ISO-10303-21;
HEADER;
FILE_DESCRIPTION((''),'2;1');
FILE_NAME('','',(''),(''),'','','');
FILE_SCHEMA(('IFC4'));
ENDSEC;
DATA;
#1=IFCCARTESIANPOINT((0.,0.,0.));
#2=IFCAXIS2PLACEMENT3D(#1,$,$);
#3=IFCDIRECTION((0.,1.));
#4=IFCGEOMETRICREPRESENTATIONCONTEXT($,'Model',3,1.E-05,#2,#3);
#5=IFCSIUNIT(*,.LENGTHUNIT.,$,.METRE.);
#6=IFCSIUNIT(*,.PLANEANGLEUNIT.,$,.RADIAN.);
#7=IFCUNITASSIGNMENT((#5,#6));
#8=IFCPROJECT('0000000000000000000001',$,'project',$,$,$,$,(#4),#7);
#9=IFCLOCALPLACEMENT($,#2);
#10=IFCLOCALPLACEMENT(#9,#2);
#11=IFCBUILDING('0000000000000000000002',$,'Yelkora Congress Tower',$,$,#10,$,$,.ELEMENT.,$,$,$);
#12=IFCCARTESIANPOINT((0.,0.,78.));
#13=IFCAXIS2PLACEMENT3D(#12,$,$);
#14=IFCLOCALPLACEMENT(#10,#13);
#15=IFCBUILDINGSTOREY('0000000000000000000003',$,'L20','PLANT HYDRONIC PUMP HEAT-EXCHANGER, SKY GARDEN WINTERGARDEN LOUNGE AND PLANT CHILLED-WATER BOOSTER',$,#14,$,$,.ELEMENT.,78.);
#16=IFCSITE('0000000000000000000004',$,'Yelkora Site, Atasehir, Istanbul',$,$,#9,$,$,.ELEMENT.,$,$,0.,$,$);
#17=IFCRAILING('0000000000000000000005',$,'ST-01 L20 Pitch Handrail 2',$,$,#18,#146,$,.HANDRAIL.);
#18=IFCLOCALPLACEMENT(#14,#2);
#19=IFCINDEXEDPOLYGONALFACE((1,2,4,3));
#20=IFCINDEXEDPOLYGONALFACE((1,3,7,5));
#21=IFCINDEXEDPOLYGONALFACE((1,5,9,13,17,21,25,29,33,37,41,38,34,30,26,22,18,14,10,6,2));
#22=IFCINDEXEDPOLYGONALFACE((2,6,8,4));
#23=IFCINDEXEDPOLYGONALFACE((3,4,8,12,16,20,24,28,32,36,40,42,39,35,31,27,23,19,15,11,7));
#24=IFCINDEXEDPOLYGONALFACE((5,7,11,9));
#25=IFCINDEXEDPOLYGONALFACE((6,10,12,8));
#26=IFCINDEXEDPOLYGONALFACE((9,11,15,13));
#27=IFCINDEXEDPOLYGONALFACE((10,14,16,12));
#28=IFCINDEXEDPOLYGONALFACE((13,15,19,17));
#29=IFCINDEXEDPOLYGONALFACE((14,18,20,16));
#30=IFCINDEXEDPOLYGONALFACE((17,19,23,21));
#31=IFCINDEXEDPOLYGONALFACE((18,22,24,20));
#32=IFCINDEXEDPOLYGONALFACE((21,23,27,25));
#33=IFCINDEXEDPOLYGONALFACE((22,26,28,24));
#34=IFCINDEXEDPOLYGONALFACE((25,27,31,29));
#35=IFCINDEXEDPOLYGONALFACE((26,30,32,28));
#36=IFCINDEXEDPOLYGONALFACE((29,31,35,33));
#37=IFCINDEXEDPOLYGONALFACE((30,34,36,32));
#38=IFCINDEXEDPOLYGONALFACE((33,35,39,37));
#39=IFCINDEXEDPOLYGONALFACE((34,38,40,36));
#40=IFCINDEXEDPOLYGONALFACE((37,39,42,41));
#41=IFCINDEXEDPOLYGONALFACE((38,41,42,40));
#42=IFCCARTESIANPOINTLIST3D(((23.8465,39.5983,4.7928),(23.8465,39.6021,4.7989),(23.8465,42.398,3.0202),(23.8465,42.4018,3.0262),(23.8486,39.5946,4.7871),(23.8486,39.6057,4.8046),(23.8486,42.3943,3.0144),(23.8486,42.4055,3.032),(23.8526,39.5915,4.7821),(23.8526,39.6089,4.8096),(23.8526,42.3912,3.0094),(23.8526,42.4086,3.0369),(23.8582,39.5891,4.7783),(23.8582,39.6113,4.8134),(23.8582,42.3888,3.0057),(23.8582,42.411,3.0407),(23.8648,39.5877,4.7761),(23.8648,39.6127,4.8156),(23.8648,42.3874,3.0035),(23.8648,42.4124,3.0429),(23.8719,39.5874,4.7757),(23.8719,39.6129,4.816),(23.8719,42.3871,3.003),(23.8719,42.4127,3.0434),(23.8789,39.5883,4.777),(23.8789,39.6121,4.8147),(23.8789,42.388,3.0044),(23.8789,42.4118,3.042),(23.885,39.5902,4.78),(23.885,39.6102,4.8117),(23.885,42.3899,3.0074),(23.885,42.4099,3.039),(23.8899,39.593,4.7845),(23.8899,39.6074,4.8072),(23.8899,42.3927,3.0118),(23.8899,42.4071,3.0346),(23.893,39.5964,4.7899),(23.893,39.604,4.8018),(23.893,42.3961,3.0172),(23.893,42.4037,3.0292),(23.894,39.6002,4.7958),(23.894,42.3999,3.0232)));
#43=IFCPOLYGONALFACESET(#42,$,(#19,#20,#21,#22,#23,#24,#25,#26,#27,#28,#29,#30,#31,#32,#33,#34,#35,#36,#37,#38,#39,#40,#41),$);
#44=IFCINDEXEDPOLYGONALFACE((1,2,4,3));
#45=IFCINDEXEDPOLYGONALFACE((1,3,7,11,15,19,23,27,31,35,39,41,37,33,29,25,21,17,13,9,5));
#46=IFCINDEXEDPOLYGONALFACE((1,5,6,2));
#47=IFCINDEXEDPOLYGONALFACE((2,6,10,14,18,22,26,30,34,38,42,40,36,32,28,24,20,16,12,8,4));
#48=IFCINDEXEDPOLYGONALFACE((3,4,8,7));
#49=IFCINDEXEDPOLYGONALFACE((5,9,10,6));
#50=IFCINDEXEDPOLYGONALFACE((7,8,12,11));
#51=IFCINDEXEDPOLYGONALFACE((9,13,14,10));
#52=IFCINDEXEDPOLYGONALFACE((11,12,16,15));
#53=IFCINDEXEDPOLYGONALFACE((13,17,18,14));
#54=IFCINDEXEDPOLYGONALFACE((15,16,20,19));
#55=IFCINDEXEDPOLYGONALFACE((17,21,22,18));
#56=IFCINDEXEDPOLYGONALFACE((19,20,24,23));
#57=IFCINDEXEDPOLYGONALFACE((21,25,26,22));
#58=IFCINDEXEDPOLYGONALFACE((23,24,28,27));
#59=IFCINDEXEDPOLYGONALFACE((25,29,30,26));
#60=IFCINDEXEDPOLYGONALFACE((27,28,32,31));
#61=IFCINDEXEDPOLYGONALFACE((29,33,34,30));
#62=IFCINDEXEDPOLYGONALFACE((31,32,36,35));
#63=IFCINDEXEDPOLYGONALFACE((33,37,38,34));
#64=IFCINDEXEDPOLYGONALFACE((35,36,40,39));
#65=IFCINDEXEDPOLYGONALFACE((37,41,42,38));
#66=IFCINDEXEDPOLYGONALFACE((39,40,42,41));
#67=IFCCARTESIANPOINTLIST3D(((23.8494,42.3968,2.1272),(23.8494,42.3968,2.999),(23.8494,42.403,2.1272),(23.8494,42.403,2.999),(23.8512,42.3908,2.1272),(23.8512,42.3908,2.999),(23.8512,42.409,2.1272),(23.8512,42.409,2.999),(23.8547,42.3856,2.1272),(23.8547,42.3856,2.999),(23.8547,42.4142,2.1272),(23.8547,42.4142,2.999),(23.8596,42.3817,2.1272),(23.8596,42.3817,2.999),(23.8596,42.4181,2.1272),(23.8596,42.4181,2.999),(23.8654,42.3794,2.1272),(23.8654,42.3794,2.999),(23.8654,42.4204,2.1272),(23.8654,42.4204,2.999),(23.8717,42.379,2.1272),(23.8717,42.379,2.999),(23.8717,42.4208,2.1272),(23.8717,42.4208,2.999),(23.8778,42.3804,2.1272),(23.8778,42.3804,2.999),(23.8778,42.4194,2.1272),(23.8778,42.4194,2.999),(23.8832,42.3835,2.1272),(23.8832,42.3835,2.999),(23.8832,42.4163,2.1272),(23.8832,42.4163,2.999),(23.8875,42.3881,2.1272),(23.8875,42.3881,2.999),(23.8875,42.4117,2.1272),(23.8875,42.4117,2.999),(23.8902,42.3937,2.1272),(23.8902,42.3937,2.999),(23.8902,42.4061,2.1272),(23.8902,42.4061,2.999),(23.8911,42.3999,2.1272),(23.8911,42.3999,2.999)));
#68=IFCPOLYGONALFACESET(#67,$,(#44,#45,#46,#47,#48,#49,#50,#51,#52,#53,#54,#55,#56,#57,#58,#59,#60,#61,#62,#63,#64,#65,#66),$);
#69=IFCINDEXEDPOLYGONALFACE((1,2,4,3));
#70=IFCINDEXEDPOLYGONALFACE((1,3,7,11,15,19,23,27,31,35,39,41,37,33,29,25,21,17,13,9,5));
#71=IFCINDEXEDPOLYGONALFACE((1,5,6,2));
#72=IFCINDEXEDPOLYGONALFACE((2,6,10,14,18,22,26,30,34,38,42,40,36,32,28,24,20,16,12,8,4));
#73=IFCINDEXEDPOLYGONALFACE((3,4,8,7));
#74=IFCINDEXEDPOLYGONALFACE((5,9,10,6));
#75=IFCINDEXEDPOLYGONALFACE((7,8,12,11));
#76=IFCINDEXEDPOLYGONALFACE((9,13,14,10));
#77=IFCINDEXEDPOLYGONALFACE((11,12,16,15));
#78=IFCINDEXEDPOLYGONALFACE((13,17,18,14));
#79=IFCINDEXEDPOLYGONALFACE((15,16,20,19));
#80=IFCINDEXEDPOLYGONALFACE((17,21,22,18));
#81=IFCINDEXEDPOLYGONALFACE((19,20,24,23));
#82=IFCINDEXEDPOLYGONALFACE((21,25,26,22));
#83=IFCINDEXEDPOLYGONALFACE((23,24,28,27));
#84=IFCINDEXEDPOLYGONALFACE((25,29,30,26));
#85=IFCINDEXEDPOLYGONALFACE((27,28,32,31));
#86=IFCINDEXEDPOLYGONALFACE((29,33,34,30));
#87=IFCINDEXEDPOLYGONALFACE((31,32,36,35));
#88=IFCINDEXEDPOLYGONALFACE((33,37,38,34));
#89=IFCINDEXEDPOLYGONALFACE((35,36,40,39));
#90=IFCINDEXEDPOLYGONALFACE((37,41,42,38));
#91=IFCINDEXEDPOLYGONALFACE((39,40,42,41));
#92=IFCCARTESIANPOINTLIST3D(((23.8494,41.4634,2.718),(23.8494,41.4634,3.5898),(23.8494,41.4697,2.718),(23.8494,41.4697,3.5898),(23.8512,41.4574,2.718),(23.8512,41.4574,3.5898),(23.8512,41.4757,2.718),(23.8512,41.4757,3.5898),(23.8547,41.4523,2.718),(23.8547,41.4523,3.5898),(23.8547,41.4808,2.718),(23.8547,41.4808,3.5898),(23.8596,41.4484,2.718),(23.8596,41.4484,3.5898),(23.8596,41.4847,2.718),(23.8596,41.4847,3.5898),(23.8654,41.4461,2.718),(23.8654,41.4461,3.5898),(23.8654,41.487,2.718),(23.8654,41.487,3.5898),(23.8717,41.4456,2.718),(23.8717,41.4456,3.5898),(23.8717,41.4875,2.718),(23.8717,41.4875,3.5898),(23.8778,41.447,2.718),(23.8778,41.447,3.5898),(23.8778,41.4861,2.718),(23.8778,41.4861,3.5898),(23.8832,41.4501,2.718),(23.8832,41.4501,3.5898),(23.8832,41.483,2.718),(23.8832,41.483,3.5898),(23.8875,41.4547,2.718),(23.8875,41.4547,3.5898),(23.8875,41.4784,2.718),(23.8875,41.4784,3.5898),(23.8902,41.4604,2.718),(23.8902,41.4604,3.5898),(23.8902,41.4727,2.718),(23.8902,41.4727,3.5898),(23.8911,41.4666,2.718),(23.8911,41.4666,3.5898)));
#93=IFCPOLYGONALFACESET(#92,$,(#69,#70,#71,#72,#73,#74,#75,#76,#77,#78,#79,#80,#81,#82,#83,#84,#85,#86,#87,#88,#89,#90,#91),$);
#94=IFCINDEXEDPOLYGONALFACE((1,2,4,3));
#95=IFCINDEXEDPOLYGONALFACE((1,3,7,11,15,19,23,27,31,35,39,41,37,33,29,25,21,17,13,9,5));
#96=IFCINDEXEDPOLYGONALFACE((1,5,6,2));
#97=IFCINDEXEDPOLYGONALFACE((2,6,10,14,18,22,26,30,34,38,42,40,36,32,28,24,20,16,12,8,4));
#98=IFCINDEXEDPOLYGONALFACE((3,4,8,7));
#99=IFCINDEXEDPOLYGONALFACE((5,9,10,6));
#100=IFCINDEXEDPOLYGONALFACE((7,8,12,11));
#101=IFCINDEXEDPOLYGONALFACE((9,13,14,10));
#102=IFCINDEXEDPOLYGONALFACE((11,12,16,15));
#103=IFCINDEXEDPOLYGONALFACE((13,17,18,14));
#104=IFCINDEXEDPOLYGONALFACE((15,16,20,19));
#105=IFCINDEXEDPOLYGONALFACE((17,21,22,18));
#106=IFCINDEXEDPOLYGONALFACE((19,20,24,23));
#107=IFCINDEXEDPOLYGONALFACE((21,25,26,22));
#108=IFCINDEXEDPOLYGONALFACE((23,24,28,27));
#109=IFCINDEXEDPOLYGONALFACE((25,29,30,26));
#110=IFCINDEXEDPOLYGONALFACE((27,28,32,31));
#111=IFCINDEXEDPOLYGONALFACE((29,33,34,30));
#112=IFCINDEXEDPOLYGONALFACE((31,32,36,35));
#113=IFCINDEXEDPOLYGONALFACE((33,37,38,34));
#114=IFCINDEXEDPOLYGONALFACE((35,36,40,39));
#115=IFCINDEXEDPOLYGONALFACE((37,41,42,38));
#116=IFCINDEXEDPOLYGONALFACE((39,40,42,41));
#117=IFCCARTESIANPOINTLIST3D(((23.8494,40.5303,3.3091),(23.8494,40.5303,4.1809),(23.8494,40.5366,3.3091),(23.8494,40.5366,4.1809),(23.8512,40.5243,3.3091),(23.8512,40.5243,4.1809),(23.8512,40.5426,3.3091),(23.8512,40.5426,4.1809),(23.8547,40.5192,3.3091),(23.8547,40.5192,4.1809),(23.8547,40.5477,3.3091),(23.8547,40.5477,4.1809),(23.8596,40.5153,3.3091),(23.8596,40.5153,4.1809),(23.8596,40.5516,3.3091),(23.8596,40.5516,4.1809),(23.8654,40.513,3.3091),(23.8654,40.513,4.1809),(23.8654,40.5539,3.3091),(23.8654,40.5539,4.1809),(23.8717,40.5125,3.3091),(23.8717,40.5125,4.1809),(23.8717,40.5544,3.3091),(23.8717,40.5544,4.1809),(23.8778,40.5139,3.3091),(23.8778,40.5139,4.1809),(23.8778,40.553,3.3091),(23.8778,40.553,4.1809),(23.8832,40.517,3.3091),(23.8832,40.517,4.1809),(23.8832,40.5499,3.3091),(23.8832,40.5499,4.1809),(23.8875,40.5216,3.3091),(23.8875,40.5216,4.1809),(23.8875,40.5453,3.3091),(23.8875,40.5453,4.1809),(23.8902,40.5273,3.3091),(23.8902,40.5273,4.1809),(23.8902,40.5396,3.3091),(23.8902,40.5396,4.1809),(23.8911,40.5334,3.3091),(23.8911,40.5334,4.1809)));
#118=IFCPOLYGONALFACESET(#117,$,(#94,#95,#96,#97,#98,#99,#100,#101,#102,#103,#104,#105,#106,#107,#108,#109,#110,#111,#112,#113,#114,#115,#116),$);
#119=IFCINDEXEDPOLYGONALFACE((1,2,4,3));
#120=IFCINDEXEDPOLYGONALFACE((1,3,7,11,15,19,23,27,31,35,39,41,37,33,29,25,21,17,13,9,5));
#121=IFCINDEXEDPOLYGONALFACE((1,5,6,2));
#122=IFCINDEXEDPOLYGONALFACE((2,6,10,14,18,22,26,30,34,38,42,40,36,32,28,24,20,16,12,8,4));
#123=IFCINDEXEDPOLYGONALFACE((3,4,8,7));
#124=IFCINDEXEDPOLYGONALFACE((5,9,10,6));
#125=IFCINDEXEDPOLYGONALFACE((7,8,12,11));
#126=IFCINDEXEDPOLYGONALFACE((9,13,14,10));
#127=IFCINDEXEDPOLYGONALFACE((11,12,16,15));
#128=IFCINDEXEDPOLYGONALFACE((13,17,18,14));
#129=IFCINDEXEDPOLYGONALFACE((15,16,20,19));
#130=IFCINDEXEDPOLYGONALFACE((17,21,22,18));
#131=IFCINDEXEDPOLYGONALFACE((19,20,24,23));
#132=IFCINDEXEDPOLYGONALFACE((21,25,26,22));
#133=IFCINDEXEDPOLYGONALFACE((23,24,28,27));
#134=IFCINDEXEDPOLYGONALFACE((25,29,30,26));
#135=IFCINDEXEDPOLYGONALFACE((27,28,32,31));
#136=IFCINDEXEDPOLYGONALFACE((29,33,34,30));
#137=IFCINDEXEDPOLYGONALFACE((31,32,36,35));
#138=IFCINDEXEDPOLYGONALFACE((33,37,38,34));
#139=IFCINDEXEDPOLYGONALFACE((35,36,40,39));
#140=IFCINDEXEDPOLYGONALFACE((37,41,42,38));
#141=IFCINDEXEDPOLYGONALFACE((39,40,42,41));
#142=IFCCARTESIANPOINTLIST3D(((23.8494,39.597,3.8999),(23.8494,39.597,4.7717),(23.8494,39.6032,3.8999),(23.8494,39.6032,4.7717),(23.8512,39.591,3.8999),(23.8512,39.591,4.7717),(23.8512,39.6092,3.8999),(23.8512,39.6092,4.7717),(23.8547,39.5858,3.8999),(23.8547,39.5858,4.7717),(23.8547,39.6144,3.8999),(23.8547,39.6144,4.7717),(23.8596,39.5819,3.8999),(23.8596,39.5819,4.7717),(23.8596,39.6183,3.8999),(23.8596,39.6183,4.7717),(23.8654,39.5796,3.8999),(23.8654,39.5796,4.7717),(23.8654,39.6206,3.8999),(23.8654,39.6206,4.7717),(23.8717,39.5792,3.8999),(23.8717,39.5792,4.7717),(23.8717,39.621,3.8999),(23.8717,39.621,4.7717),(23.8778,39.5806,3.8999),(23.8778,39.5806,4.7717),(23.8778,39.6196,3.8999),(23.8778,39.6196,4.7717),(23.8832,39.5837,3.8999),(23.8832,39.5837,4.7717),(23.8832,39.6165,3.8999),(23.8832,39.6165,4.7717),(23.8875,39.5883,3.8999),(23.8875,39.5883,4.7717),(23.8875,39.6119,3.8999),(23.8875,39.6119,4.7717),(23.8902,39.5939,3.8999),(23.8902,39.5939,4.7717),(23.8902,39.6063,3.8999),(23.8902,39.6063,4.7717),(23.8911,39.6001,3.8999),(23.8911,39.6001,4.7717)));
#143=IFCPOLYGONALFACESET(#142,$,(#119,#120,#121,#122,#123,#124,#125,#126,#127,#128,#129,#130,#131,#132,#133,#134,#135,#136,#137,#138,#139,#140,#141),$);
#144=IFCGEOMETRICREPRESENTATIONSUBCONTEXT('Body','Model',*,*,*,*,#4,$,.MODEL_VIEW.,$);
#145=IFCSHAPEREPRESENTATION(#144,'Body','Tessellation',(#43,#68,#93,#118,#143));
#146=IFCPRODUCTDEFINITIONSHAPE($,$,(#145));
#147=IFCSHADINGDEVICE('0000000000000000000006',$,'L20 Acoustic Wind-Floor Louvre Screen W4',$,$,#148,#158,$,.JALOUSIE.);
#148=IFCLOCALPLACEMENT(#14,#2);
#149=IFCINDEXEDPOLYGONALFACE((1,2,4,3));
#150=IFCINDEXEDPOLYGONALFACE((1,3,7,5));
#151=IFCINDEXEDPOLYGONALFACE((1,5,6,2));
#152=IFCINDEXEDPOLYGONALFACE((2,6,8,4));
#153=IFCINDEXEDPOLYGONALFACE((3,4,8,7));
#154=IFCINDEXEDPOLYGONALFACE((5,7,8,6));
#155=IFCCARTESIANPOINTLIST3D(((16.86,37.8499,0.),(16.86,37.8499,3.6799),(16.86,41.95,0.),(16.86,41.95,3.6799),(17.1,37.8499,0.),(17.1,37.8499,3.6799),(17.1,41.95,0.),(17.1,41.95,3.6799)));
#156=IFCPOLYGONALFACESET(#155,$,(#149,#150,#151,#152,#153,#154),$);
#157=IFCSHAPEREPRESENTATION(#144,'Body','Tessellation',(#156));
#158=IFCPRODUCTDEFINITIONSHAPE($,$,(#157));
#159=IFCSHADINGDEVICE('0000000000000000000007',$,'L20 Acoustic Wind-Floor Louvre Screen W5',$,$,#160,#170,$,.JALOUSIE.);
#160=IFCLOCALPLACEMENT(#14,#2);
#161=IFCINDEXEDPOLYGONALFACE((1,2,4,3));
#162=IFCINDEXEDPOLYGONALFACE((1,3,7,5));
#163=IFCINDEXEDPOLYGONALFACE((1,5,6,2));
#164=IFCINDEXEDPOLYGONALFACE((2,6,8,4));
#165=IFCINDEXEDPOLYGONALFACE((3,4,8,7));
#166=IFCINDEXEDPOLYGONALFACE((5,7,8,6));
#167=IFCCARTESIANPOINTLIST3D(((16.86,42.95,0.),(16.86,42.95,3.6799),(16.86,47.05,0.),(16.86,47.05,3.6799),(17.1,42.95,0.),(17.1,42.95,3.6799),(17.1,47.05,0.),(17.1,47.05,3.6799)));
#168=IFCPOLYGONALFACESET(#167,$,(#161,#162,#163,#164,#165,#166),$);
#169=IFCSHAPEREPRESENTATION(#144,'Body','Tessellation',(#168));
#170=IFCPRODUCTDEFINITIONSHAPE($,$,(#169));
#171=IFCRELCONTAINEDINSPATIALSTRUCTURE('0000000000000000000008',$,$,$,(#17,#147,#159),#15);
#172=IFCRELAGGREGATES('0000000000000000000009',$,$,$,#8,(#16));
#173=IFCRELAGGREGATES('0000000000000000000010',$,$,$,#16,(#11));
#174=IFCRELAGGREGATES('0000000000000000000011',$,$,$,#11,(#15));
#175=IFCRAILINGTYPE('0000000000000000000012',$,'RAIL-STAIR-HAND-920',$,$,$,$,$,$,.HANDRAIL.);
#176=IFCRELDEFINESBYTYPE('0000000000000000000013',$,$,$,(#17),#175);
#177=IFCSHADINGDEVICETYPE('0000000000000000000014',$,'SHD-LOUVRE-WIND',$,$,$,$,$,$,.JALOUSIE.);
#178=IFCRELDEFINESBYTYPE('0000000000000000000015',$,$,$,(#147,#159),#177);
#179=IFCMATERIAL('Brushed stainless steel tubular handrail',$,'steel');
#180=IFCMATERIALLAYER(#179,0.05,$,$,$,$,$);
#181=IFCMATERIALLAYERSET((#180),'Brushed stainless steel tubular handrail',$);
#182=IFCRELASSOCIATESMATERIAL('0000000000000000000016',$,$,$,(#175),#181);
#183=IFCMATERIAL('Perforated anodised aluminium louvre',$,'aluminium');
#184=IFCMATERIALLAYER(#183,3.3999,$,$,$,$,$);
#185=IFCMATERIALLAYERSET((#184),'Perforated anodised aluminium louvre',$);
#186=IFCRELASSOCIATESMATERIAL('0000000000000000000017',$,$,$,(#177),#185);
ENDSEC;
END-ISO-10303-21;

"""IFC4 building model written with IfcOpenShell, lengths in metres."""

from ifc_helpers import new_model, si_unit, direction, frame, origin, origin_2d, place, context, subcontext, project, spatial, rectangle, circle, extrude, material, layer, layer_set, type_object, element, save


model = new_model("IFC4")

# Units and contexts
model_context = context("Model", 3, precision=1e-05, world=origin(), true_north=direction((0.0, 1.0)))
body_context = subcontext(model_context, "Body", "Model", "MODEL_VIEW")
ifc_project = project(units=[si_unit("LENGTHUNIT", "METRE"), si_unit("PLANEANGLEUNIT", "RADIAN")], contexts=[model_context])

# Site, building, storey
site_placement = place(None, origin())
site = spatial("IfcSite", under=ifc_project, at=site_placement, Name="Yelkora Site, Atasehir, Istanbul", CompositionType="ELEMENT", RefElevation=0.0)
building_placement = place(site_placement, origin())
building = spatial("IfcBuilding", under=site, at=building_placement, Name="Yelkora Congress Tower", CompositionType="ELEMENT")
storey_placement = place(building_placement, frame((0.0, 0.0, 78.0)))
storey = spatial("IfcBuildingStorey", under=building, at=storey_placement, Name="L20", Description="PLANT HYDRONIC PUMP HEAT-EXCHANGER, SKY GARDEN WINTERGARDEN LOUNGE AND PLANT CHILLED-WATER BOOSTER", CompositionType="ELEMENT", Elevation=78.0)

# Railing
ifc_material_1 = material(Name="Brushed stainless steel tubular handrail", Category="steel")
ifc_layer_1 = layer(ifc_material_1, 0.05)
ifc_layer_set_1 = layer_set([ifc_layer_1], Name="Brushed stainless steel tubular handrail")
railing_type_1 = type_object("IfcRailingType", Name="RAIL-STAIR-HAND-920", PredefinedType="HANDRAIL", material=ifc_layer_set_1)
railing_1_placement = place(storey_placement, frame((23.8701, 42.3999, 2.1272)))
element("IfcRailing", 1, at=railing_1_placement, inside=storey, type_object=railing_type_1, Name="ST-01 L20 Pitch Handrail 2", PredefinedType="HANDRAIL", context=body_context, shape_type="SweptSolid", body=[
    extrude(circle(Radius=0.0239, at=origin_2d()), frame((0.0, 0.0, 0.896), z_axis=(0.0, -0.844888, 0.534943), x_axis=(1.0, 0.0, 0.0)), (0.0, 0.0, 1.0), 3.3137),
    extrude(circle(Radius=0.021, at=origin_2d()), origin(), (0.0, 0.0, 1.0), 0.8718),
    extrude(circle(Radius=0.021, at=origin_2d()), frame((0.0, -0.9333, 0.5908)), (0.0, 0.0, 1.0), 0.8718),
    extrude(circle(Radius=0.021, at=origin_2d()), frame((0.0, -1.8665, 1.1819)), (0.0, 0.0, 1.0), 0.8718),
    extrude(circle(Radius=0.021, at=origin_2d()), frame((0.0, -2.7998, 1.7727)), (0.0, 0.0, 1.0), 0.8718),
])

# Shading devices
ifc_material_2 = material(Name="Perforated anodised aluminium louvre", Category="aluminium")
ifc_layer_2 = layer(ifc_material_2, 3.3999)
ifc_layer_set_2 = layer_set([ifc_layer_2], Name="Perforated anodised aluminium louvre")
shading_device_type = type_object("IfcShadingDeviceType", Name="SHD-LOUVRE-WIND", PredefinedType="JALOUSIE", material=ifc_layer_set_2)
for number, where, z_axis, x_axis, name in (
    (2, (16.98, 39.8999, 0.0), (0.0, 0.0, 1.0), (1.0, 0.0, 0.0), "L20 Acoustic Wind-Floor Louvre Screen W4"),
    (3, (16.98, 45.0, 0.0), (0.0, 0.0, 1.0), (1.0, 0.0, 0.0), "L20 Acoustic Wind-Floor Louvre Screen W5"),
):
    element("IfcShadingDevice", number, at=place(storey_placement, frame(where, z_axis=z_axis, x_axis=x_axis)), inside=storey, type_object=shading_device_type, Name=name, PredefinedType="JALOUSIE", context=body_context, shape_type="SweptSolid", body=[
        extrude(rectangle(XDim=0.24, YDim=4.1001, at=origin_2d()), origin(), (0.0, 0.0, 1.0), 3.6799),
    ])

save(model, "model.ifc")
